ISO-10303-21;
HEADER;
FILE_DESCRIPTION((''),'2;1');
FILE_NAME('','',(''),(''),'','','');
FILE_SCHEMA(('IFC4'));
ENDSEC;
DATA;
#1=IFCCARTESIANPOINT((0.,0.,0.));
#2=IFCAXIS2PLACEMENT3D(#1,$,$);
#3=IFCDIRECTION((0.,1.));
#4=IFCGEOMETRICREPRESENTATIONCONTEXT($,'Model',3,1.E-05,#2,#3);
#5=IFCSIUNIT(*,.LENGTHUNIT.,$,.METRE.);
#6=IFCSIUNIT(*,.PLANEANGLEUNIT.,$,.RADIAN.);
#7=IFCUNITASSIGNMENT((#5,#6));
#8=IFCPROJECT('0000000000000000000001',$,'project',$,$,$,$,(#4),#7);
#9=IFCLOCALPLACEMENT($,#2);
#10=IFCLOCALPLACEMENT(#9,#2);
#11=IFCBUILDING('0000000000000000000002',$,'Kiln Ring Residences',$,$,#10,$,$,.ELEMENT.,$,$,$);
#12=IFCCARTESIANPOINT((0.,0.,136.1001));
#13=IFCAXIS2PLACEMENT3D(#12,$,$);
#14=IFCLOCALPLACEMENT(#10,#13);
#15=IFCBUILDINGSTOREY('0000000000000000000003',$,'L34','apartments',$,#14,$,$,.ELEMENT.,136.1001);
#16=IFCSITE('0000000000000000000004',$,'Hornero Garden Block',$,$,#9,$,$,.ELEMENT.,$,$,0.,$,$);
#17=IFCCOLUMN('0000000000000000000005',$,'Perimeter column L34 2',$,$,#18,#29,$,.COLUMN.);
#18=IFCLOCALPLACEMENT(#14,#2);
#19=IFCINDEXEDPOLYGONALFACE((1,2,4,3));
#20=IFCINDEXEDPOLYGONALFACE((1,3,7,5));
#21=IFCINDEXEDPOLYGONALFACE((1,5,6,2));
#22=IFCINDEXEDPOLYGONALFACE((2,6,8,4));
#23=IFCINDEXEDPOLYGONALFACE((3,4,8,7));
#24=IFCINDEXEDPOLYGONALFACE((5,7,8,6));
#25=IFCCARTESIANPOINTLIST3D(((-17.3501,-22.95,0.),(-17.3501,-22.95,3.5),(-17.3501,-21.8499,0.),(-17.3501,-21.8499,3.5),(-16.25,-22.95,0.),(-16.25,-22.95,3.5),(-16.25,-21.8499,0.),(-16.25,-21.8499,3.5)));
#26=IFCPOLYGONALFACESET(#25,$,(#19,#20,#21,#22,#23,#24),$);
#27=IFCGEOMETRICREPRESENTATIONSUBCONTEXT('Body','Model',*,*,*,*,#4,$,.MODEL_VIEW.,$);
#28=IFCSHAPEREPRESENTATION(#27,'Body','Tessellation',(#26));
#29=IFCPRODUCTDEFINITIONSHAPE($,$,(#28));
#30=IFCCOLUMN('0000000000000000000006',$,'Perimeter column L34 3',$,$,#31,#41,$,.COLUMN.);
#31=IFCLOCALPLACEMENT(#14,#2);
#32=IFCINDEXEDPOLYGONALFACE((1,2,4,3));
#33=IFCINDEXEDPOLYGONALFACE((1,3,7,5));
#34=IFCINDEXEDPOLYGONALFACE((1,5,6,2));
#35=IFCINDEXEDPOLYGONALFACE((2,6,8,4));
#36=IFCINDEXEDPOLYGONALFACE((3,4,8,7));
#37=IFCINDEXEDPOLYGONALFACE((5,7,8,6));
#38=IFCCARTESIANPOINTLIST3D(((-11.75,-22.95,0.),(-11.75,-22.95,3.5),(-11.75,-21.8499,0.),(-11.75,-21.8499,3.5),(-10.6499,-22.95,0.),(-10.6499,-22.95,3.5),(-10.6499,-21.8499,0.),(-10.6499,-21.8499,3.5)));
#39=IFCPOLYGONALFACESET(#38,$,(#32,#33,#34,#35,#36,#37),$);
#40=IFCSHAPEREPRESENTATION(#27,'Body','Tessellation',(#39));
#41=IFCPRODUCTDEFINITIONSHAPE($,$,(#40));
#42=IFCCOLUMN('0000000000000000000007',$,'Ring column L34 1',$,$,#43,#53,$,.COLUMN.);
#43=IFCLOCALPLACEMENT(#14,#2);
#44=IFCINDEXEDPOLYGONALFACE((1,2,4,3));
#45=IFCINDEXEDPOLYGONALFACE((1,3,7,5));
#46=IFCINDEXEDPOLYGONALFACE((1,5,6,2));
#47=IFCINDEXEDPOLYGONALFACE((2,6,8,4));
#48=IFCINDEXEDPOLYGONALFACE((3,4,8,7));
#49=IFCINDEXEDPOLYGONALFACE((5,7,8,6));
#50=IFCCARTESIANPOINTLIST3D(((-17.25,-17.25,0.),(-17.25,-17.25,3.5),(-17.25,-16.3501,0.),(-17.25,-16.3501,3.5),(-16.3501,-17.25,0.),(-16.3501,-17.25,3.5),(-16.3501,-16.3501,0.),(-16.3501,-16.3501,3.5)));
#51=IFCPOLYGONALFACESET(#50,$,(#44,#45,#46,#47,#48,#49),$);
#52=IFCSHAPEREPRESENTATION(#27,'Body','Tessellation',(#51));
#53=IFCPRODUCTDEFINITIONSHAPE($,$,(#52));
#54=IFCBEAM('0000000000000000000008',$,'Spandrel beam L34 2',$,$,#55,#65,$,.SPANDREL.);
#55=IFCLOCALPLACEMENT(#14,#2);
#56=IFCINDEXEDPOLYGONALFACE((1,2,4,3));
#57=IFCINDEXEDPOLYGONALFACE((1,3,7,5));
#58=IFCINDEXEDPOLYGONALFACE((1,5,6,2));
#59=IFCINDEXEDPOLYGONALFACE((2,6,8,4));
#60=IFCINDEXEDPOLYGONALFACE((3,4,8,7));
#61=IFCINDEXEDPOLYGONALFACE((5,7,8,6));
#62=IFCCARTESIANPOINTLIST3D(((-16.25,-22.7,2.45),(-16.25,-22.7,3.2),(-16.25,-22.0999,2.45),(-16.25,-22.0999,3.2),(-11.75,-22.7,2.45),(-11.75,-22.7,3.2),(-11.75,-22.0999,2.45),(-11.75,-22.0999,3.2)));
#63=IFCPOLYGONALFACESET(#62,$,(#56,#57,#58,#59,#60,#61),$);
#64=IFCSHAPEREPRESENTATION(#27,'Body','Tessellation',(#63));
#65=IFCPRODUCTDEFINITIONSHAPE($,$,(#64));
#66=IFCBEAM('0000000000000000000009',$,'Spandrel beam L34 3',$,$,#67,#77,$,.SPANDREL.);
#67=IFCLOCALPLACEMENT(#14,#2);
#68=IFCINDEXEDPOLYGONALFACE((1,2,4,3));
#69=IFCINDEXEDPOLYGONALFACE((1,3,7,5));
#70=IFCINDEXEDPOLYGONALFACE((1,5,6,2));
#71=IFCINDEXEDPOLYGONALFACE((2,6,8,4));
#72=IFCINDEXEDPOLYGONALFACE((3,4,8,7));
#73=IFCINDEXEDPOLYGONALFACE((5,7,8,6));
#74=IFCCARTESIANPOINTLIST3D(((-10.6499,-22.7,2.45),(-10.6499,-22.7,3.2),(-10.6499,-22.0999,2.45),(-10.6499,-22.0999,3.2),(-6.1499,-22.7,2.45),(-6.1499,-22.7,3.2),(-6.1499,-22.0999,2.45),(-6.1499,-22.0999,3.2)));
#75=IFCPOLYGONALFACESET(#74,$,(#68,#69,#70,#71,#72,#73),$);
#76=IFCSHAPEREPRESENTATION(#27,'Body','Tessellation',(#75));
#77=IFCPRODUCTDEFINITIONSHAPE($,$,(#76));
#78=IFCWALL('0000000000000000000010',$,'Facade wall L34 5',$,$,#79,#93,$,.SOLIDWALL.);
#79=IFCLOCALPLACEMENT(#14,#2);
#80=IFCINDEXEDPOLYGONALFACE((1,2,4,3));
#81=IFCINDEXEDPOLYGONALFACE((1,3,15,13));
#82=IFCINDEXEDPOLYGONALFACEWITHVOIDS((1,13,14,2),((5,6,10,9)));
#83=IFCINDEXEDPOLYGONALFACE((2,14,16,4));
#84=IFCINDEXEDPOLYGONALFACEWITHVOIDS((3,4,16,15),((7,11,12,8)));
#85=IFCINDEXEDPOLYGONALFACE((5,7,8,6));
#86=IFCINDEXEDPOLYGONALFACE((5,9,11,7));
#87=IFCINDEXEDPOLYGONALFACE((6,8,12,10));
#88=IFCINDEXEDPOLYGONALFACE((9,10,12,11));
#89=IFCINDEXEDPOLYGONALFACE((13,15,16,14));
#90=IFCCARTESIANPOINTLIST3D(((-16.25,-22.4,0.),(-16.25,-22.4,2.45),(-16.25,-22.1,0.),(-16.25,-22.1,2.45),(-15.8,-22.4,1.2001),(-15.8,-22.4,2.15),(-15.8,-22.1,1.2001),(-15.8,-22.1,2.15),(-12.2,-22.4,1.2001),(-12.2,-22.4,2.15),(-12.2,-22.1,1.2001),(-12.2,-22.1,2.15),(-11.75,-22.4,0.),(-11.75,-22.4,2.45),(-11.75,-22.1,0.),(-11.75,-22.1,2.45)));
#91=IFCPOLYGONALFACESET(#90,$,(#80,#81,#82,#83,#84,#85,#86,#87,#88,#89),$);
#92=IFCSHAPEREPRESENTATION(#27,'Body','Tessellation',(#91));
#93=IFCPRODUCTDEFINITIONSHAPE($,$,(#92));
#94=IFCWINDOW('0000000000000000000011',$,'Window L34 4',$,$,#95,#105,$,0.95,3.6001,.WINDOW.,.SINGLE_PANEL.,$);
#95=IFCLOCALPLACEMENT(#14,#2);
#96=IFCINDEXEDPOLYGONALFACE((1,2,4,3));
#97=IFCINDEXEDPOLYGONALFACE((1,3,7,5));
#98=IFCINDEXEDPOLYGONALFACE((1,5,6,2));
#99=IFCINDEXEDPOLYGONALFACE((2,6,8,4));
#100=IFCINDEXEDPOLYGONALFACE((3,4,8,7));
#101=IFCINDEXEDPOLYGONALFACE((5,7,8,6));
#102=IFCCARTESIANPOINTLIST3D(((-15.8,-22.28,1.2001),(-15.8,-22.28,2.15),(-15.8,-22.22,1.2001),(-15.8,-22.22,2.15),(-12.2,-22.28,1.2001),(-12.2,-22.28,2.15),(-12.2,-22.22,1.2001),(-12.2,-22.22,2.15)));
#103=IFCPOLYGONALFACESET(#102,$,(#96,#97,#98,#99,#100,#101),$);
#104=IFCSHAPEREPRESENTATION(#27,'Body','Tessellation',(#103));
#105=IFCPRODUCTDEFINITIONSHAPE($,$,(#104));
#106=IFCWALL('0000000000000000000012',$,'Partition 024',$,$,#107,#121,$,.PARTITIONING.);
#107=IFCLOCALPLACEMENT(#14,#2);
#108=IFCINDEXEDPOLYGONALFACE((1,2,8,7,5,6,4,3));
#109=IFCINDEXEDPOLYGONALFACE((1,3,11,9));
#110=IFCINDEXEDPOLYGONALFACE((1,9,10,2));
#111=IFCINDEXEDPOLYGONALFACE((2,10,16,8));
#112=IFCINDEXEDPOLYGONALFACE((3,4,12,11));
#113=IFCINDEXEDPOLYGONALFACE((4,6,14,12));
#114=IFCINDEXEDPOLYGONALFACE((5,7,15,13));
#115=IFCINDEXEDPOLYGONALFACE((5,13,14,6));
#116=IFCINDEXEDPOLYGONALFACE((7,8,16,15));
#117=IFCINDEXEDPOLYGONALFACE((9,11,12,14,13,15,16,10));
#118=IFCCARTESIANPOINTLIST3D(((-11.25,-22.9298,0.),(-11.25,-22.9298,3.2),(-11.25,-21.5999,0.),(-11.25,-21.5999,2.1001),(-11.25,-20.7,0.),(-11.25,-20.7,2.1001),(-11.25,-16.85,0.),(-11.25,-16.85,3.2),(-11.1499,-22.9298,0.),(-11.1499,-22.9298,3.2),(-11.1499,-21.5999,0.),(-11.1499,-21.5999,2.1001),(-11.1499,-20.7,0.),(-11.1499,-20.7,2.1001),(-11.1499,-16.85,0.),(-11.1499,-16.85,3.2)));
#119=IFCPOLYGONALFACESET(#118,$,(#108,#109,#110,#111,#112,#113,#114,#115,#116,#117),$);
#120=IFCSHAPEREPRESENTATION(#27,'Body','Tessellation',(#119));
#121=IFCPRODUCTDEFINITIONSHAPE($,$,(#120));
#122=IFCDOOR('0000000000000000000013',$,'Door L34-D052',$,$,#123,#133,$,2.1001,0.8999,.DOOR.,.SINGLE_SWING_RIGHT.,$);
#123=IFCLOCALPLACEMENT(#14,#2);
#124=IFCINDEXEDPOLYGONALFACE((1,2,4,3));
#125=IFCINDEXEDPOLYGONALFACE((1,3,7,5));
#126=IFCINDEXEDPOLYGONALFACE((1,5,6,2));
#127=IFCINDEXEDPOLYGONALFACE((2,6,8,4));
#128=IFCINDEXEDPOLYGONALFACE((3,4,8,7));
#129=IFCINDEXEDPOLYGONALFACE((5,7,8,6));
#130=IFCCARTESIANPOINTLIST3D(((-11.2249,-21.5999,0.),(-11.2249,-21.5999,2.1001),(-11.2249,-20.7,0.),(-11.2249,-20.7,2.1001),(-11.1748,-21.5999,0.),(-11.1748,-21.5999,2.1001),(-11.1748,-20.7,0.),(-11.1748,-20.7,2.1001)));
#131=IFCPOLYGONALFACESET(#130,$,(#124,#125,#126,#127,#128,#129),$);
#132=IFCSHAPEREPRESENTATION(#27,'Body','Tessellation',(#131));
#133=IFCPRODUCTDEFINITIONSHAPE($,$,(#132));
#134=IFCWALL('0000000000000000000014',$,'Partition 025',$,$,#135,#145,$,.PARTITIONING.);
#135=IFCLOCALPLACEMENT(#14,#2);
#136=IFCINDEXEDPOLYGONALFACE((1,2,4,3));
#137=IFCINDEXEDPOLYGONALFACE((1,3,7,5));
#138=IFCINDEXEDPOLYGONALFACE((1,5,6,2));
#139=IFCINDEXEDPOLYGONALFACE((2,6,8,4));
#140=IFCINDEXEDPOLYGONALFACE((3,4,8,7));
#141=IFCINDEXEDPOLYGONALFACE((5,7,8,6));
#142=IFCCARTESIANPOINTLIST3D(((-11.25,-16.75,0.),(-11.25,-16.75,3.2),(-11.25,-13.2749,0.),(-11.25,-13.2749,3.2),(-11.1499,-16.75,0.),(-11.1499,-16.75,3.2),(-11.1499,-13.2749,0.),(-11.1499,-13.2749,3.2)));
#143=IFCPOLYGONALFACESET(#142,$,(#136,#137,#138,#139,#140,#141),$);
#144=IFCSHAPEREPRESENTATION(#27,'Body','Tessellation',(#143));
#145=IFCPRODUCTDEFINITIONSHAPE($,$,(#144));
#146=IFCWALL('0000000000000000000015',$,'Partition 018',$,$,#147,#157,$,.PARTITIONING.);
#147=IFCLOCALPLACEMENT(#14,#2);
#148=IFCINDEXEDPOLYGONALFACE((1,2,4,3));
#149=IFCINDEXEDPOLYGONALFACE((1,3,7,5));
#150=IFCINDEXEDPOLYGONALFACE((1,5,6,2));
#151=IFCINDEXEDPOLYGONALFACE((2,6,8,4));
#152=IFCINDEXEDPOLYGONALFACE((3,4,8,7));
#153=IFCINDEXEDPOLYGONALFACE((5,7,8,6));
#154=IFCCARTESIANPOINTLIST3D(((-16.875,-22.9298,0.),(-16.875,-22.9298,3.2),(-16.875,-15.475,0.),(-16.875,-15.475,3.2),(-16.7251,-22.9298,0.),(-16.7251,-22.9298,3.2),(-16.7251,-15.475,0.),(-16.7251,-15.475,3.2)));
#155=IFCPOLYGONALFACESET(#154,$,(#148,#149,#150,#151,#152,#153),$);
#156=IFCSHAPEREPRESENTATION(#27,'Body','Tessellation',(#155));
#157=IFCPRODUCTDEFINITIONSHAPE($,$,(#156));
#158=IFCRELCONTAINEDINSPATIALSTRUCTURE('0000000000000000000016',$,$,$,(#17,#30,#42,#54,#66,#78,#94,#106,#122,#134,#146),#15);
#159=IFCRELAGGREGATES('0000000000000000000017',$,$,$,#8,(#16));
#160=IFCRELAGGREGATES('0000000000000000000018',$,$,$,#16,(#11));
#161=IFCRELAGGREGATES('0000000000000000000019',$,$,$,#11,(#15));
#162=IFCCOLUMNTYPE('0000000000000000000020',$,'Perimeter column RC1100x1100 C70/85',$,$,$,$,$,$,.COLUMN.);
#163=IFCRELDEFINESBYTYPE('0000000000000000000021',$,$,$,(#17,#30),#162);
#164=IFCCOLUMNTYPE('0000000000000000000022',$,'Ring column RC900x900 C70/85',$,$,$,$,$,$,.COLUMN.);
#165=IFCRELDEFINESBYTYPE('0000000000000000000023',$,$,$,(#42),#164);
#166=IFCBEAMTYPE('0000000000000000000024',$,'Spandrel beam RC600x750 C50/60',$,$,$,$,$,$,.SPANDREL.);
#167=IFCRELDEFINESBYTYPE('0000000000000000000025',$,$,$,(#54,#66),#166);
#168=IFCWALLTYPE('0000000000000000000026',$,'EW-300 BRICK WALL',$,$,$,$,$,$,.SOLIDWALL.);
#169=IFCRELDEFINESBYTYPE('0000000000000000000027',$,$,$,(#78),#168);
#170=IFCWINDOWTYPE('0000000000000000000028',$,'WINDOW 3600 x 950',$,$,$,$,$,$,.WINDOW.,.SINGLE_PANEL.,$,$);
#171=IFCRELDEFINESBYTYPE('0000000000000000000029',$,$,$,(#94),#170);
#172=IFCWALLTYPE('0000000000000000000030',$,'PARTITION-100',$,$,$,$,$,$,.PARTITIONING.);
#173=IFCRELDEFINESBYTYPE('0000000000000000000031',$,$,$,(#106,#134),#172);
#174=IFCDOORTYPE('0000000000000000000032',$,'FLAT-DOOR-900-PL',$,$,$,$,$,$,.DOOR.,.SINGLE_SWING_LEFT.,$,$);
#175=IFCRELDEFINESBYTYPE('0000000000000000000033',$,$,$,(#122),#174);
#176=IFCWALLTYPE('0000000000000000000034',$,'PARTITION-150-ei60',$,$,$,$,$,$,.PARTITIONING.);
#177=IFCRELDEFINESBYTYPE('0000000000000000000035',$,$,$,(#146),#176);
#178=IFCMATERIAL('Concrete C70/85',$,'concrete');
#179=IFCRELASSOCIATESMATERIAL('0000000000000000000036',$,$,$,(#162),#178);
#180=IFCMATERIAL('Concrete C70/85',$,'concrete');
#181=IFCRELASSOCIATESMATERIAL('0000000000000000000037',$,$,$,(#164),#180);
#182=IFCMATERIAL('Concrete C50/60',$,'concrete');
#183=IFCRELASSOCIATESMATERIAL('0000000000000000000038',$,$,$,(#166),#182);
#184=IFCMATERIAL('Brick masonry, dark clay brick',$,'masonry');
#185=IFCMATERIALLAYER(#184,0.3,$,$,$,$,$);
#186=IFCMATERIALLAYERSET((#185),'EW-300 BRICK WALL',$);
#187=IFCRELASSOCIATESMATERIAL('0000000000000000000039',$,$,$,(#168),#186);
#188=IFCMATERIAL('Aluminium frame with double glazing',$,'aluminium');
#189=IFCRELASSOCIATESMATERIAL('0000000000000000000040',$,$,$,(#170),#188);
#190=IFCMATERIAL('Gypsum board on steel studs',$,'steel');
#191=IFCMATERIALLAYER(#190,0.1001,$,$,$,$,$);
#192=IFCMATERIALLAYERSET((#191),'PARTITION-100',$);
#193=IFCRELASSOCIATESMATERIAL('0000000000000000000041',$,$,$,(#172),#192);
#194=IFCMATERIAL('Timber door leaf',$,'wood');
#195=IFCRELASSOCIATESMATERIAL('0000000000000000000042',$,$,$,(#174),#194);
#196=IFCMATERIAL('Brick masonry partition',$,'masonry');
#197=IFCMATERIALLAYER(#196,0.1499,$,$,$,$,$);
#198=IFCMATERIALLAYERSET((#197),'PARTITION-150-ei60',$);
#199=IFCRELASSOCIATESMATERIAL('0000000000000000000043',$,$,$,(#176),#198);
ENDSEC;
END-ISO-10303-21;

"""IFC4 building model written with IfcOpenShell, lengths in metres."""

from ifc_helpers import new_model, si_unit, direction, frame, frame_2d, origin, origin_2d, place, context, subcontext, project, spatial, rectangle, extrude, material, layer, layer_set, material_profile, profile_set, type_object, element, fill, save


model = new_model("IFC4")

# Units and contexts
model_context = context("Model", 3, precision=1e-05, world=origin(), true_north=direction((0.0, 1.0)))
body_context = subcontext(model_context, "Body", "Model", "MODEL_VIEW")
ifc_project = project(units=[si_unit("LENGTHUNIT", "METRE"), si_unit("PLANEANGLEUNIT", "RADIAN")], contexts=[model_context])

# Site, building, storey
site_placement = place(None, origin())
site = spatial("IfcSite", under=ifc_project, at=site_placement, Name="Hornero Garden Block", CompositionType="ELEMENT", RefElevation=0.0)
building_placement = place(site_placement, origin())
building = spatial("IfcBuilding", under=site, at=building_placement, Name="Kiln Ring Residences", CompositionType="ELEMENT")
storey_placement = place(building_placement, frame((0.0, 0.0, 136.1001)))
storey = spatial("IfcBuildingStorey", under=building, at=storey_placement, Name="L34", Description="apartments", CompositionType="ELEMENT", Elevation=136.1001)

# Columns
ifc_material_1 = material(Name="Concrete C70/85", Category="concrete")
ifc_material_profile_1 = material_profile(ifc_material_1, rectangle(XDim=1.1001, YDim=1.1001, at=origin_2d()), Name="RC1100x1100")
ifc_profile_set_1 = profile_set([ifc_material_profile_1], Name="Concrete C70/85")
column_type_1 = type_object("IfcColumnType", Name="Perimeter column RC1100x1100 C70/85", PredefinedType="COLUMN", material=ifc_profile_set_1)
for number, where, z_axis, x_axis, name in (
    (1, (-16.8, -22.3999, 0.0), (0.0, 0.0, 1.0), (1.0, 0.0, 0.0), "Perimeter column L34 2"),
    (2, (-11.2, -22.3999, 0.0), (0.0, 0.0, 1.0), (1.0, 0.0, 0.0), "Perimeter column L34 3"),
):
    element("IfcColumn", number, at=place(storey_placement, frame(where, z_axis=z_axis, x_axis=x_axis)), inside=storey, type_object=column_type_1, Name=name, PredefinedType="COLUMN", context=body_context, shape_type="SweptSolid", body=[
        extrude(rectangle(XDim=1.1001, YDim=1.1001, at=origin_2d()), origin(), (0.0, 0.0, 1.0), 3.5),
    ])
ifc_material_2 = material(Name="Concrete C70/85", Category="concrete")
ifc_material_profile_2 = material_profile(ifc_material_2, rectangle(XDim=0.8999, YDim=0.8999, at=origin_2d()), Name="RC900x900")
ifc_profile_set_2 = profile_set([ifc_material_profile_2], Name="Concrete C70/85")
column_type_2 = type_object("IfcColumnType", Name="Ring column RC900x900 C70/85", PredefinedType="COLUMN", material=ifc_profile_set_2)
column_placement = place(storey_placement, frame((-16.8, -16.8, 0.0), z_axis=(0.0, 0.0, 1.0), x_axis=(1.0, 0.0, 0.0)))
element("IfcColumn", 3, at=column_placement, inside=storey, type_object=column_type_2, Name="Ring column L34 1", PredefinedType="COLUMN", context=body_context, shape_type="SweptSolid", body=[
    extrude(rectangle(XDim=0.8999, YDim=0.8999, at=origin_2d()), origin(), (0.0, 0.0, 1.0), 3.5),
])

# Beams
ifc_material_3 = material(Name="Concrete C50/60", Category="concrete")
ifc_material_profile_3 = material_profile(ifc_material_3, rectangle(XDim=0.6001, YDim=0.75, at=origin_2d()), Name="RC600x750")
ifc_profile_set_3 = profile_set([ifc_material_profile_3], Name="Concrete C50/60")
beam_type = type_object("IfcBeamType", Name="Spandrel beam RC600x750 C50/60", PredefinedType="SPANDREL", material=ifc_profile_set_3)
for number, where, z_axis, x_axis, name in (
    (4, (-16.25, -22.3999, 2.825), (1.0, 0.0, 0.0), (0.0, 1.0, 0.0), "Spandrel beam L34 2"),
    (5, (-10.6499, -22.3999, 2.825), (1.0, 0.0, 0.0), (0.0, 1.0, 0.0), "Spandrel beam L34 3"),
):
    element("IfcBeam", number, at=place(storey_placement, frame(where, z_axis=z_axis, x_axis=x_axis)), inside=storey, type_object=beam_type, Name=name, PredefinedType="SPANDREL", context=body_context, shape_type="SweptSolid", body=[
        extrude(rectangle(XDim=0.6001, YDim=0.75, at=origin_2d()), origin(), (0.0, 0.0, 1.0), 4.5),
    ])

# Wall, opening, window
ifc_material_4 = material(Name="Brick masonry, dark clay brick", Category="masonry")
ifc_layer_1 = layer(ifc_material_4, 0.3)
ifc_layer_set_1 = layer_set([ifc_layer_1], Name="EW-300 BRICK WALL")
wall_type_1 = type_object("IfcWallType", Name="EW-300 BRICK WALL", PredefinedType="SOLIDWALL", material=ifc_layer_set_1)
wall_1_placement = place(storey_placement, frame((-16.25, -22.25, 0.0), z_axis=(0.0, 0.0, 1.0), x_axis=(1.0, 0.0, 0.0)))
wall_1 = element("IfcWall", 6, at=wall_1_placement, inside=storey, type_object=wall_type_1, Name="Facade wall L34 5", PredefinedType="SOLIDWALL", context=body_context, shape_type="SweptSolid", body=[
    extrude(rectangle(XDim=4.5, YDim=0.3, at=frame_2d((2.25, 0.0))), origin(), (0.0, 0.0, 1.0), 2.45),
])
opening_1_placement = place(wall_1_placement, frame((0.45, 0.0, 1.2)))
opening_1 = element("IfcOpeningElement", 7, at=opening_1_placement, cuts=wall_1, PredefinedType="OPENING", context=body_context, shape_type="SweptSolid", body=[
    extrude(rectangle(XDim=3.6001, YDim=0.95, at=frame_2d((1.8, 0.4751))), frame((0.0, 0.1599, 0.0), z_axis=(0.0, -1.0, 0.0), x_axis=(1.0, 0.0, 0.0)), (0.0, 0.0, 1.0), 0.3201),
])
ifc_material_5 = material(Name="Aluminium frame with double glazing", Category="aluminium")
window_type = type_object("IfcWindowType", Name="WINDOW 3600 x 950", PartitioningType="SINGLE_PANEL", PredefinedType="WINDOW", material=ifc_material_5)
window_placement = place(opening_1_placement, origin())
window = element("IfcWindow", 8, at=window_placement, inside=storey, type_object=window_type, Name="Window L34 4", OverallHeight=0.95, OverallWidth=3.6001, PartitioningType="SINGLE_PANEL", PredefinedType="WINDOW", context=body_context, shape_type="SweptSolid", body=[
    extrude(rectangle(XDim=3.6001, YDim=0.95, at=frame_2d((1.8, 0.4751))), frame((0.0, 0.03, 0.0), z_axis=(0.0, -1.0, 0.0), x_axis=(1.0, 0.0, 0.0)), (0.0, 0.0, 1.0), 0.0601),
])
fill(opening_1, window)

# Shared definitions
ifc_material_6 = material(Name="Gypsum board on steel studs", Category="steel")
ifc_layer_2 = layer(ifc_material_6, 0.1001)
ifc_layer_set_2 = layer_set([ifc_layer_2], Name="PARTITION-100")
wall_type_2 = type_object("IfcWallType", Name="PARTITION-100", PredefinedType="PARTITIONING", material=ifc_layer_set_2)
ifc_material_7 = material(Name="Timber door leaf", Category="wood")
door_type_1 = type_object("IfcDoorType", Name="FLAT-DOOR-900-PL", OperationType="SINGLE_SWING_LEFT", PredefinedType="DOOR", material=ifc_material_7)

# Wall, opening, door
wall_2_placement = place(storey_placement, frame((-11.2, -22.9299, 0.0), z_axis=(0.0, 0.0, 1.0), x_axis=(0.0, 1.0, 0.0)))
wall_2 = element("IfcWall", 9, at=wall_2_placement, inside=storey, type_object=wall_type_2, Name="Partition 024", PredefinedType="PARTITIONING", context=body_context, shape_type="SweptSolid", body=[
    extrude(rectangle(XDim=6.0798, YDim=0.1001, at=frame_2d((3.04, 0.0))), origin(), (0.0, 0.0, 1.0), 3.2),
])
opening_2_placement = place(wall_2_placement, frame((1.3301, 0.0, 0.0)))
opening_2 = element("IfcOpeningElement", 10, at=opening_2_placement, cuts=wall_2, PredefinedType="OPENING", context=body_context, shape_type="SweptSolid", body=[
    extrude(rectangle(XDim=0.8999, YDim=2.1001, at=frame_2d((0.45, 1.05))), frame((0.0, 0.0601, 0.0), z_axis=(0.0, -1.0, 0.0), x_axis=(1.0, 0.0, 0.0)), (0.0, 0.0, 1.0), 0.1201),
])
door_1_placement = place(opening_2_placement, origin())
door_1 = element("IfcDoor", 11, at=door_1_placement, inside=storey, type_object=door_type_1, Name="Door L34-D052", OperationType="SINGLE_SWING_RIGHT", OverallHeight=2.1001, OverallWidth=0.8999, PredefinedType="DOOR", context=body_context, shape_type="SweptSolid", body=[
    extrude(rectangle(XDim=0.8999, YDim=2.1001, at=frame_2d((0.45, 1.05))), frame((0.0, 0.0249, 0.0), z_axis=(0.0, -1.0, 0.0), x_axis=(1.0, 0.0, 0.0)), (0.0, 0.0, 1.0), 0.05),
])
fill(opening_2, door_1)

# Walls
wall_3_placement = place(storey_placement, frame((-11.2, -16.75, 0.0), z_axis=(0.0, 0.0, 1.0), x_axis=(0.0, 1.0, 0.0)))
element("IfcWall", 12, at=wall_3_placement, inside=storey, type_object=wall_type_2, Name="Partition 025", PredefinedType="PARTITIONING", context=body_context, shape_type="SweptSolid", body=[
    extrude(rectangle(XDim=3.4751, YDim=0.1001, at=frame_2d((1.7375, 0.0))), origin(), (0.0, 0.0, 1.0), 3.2),
])
ifc_material_8 = material(Name="Brick masonry partition", Category="masonry")
ifc_layer_3 = layer(ifc_material_8, 0.1499)
ifc_layer_set_3 = layer_set([ifc_layer_3], Name="PARTITION-150-ei60")
wall_type_3 = type_object("IfcWallType", Name="PARTITION-150-ei60", PredefinedType="PARTITIONING", material=ifc_layer_set_3)
wall_4_placement = place(storey_placement, frame((-16.8, -22.9299, 0.0), z_axis=(0.0, 0.0, 1.0), x_axis=(0.0, 1.0, 0.0)))
element("IfcWall", 13, at=wall_4_placement, inside=storey, type_object=wall_type_3, Name="Partition 018", PredefinedType="PARTITIONING", context=body_context, shape_type="SweptSolid", body=[
    extrude(rectangle(XDim=7.4548, YDim=0.1499, at=frame_2d((3.7275, 0.0))), origin(), (0.0, 0.0, 1.0), 3.2),
])

save(model, "model.ifc")
